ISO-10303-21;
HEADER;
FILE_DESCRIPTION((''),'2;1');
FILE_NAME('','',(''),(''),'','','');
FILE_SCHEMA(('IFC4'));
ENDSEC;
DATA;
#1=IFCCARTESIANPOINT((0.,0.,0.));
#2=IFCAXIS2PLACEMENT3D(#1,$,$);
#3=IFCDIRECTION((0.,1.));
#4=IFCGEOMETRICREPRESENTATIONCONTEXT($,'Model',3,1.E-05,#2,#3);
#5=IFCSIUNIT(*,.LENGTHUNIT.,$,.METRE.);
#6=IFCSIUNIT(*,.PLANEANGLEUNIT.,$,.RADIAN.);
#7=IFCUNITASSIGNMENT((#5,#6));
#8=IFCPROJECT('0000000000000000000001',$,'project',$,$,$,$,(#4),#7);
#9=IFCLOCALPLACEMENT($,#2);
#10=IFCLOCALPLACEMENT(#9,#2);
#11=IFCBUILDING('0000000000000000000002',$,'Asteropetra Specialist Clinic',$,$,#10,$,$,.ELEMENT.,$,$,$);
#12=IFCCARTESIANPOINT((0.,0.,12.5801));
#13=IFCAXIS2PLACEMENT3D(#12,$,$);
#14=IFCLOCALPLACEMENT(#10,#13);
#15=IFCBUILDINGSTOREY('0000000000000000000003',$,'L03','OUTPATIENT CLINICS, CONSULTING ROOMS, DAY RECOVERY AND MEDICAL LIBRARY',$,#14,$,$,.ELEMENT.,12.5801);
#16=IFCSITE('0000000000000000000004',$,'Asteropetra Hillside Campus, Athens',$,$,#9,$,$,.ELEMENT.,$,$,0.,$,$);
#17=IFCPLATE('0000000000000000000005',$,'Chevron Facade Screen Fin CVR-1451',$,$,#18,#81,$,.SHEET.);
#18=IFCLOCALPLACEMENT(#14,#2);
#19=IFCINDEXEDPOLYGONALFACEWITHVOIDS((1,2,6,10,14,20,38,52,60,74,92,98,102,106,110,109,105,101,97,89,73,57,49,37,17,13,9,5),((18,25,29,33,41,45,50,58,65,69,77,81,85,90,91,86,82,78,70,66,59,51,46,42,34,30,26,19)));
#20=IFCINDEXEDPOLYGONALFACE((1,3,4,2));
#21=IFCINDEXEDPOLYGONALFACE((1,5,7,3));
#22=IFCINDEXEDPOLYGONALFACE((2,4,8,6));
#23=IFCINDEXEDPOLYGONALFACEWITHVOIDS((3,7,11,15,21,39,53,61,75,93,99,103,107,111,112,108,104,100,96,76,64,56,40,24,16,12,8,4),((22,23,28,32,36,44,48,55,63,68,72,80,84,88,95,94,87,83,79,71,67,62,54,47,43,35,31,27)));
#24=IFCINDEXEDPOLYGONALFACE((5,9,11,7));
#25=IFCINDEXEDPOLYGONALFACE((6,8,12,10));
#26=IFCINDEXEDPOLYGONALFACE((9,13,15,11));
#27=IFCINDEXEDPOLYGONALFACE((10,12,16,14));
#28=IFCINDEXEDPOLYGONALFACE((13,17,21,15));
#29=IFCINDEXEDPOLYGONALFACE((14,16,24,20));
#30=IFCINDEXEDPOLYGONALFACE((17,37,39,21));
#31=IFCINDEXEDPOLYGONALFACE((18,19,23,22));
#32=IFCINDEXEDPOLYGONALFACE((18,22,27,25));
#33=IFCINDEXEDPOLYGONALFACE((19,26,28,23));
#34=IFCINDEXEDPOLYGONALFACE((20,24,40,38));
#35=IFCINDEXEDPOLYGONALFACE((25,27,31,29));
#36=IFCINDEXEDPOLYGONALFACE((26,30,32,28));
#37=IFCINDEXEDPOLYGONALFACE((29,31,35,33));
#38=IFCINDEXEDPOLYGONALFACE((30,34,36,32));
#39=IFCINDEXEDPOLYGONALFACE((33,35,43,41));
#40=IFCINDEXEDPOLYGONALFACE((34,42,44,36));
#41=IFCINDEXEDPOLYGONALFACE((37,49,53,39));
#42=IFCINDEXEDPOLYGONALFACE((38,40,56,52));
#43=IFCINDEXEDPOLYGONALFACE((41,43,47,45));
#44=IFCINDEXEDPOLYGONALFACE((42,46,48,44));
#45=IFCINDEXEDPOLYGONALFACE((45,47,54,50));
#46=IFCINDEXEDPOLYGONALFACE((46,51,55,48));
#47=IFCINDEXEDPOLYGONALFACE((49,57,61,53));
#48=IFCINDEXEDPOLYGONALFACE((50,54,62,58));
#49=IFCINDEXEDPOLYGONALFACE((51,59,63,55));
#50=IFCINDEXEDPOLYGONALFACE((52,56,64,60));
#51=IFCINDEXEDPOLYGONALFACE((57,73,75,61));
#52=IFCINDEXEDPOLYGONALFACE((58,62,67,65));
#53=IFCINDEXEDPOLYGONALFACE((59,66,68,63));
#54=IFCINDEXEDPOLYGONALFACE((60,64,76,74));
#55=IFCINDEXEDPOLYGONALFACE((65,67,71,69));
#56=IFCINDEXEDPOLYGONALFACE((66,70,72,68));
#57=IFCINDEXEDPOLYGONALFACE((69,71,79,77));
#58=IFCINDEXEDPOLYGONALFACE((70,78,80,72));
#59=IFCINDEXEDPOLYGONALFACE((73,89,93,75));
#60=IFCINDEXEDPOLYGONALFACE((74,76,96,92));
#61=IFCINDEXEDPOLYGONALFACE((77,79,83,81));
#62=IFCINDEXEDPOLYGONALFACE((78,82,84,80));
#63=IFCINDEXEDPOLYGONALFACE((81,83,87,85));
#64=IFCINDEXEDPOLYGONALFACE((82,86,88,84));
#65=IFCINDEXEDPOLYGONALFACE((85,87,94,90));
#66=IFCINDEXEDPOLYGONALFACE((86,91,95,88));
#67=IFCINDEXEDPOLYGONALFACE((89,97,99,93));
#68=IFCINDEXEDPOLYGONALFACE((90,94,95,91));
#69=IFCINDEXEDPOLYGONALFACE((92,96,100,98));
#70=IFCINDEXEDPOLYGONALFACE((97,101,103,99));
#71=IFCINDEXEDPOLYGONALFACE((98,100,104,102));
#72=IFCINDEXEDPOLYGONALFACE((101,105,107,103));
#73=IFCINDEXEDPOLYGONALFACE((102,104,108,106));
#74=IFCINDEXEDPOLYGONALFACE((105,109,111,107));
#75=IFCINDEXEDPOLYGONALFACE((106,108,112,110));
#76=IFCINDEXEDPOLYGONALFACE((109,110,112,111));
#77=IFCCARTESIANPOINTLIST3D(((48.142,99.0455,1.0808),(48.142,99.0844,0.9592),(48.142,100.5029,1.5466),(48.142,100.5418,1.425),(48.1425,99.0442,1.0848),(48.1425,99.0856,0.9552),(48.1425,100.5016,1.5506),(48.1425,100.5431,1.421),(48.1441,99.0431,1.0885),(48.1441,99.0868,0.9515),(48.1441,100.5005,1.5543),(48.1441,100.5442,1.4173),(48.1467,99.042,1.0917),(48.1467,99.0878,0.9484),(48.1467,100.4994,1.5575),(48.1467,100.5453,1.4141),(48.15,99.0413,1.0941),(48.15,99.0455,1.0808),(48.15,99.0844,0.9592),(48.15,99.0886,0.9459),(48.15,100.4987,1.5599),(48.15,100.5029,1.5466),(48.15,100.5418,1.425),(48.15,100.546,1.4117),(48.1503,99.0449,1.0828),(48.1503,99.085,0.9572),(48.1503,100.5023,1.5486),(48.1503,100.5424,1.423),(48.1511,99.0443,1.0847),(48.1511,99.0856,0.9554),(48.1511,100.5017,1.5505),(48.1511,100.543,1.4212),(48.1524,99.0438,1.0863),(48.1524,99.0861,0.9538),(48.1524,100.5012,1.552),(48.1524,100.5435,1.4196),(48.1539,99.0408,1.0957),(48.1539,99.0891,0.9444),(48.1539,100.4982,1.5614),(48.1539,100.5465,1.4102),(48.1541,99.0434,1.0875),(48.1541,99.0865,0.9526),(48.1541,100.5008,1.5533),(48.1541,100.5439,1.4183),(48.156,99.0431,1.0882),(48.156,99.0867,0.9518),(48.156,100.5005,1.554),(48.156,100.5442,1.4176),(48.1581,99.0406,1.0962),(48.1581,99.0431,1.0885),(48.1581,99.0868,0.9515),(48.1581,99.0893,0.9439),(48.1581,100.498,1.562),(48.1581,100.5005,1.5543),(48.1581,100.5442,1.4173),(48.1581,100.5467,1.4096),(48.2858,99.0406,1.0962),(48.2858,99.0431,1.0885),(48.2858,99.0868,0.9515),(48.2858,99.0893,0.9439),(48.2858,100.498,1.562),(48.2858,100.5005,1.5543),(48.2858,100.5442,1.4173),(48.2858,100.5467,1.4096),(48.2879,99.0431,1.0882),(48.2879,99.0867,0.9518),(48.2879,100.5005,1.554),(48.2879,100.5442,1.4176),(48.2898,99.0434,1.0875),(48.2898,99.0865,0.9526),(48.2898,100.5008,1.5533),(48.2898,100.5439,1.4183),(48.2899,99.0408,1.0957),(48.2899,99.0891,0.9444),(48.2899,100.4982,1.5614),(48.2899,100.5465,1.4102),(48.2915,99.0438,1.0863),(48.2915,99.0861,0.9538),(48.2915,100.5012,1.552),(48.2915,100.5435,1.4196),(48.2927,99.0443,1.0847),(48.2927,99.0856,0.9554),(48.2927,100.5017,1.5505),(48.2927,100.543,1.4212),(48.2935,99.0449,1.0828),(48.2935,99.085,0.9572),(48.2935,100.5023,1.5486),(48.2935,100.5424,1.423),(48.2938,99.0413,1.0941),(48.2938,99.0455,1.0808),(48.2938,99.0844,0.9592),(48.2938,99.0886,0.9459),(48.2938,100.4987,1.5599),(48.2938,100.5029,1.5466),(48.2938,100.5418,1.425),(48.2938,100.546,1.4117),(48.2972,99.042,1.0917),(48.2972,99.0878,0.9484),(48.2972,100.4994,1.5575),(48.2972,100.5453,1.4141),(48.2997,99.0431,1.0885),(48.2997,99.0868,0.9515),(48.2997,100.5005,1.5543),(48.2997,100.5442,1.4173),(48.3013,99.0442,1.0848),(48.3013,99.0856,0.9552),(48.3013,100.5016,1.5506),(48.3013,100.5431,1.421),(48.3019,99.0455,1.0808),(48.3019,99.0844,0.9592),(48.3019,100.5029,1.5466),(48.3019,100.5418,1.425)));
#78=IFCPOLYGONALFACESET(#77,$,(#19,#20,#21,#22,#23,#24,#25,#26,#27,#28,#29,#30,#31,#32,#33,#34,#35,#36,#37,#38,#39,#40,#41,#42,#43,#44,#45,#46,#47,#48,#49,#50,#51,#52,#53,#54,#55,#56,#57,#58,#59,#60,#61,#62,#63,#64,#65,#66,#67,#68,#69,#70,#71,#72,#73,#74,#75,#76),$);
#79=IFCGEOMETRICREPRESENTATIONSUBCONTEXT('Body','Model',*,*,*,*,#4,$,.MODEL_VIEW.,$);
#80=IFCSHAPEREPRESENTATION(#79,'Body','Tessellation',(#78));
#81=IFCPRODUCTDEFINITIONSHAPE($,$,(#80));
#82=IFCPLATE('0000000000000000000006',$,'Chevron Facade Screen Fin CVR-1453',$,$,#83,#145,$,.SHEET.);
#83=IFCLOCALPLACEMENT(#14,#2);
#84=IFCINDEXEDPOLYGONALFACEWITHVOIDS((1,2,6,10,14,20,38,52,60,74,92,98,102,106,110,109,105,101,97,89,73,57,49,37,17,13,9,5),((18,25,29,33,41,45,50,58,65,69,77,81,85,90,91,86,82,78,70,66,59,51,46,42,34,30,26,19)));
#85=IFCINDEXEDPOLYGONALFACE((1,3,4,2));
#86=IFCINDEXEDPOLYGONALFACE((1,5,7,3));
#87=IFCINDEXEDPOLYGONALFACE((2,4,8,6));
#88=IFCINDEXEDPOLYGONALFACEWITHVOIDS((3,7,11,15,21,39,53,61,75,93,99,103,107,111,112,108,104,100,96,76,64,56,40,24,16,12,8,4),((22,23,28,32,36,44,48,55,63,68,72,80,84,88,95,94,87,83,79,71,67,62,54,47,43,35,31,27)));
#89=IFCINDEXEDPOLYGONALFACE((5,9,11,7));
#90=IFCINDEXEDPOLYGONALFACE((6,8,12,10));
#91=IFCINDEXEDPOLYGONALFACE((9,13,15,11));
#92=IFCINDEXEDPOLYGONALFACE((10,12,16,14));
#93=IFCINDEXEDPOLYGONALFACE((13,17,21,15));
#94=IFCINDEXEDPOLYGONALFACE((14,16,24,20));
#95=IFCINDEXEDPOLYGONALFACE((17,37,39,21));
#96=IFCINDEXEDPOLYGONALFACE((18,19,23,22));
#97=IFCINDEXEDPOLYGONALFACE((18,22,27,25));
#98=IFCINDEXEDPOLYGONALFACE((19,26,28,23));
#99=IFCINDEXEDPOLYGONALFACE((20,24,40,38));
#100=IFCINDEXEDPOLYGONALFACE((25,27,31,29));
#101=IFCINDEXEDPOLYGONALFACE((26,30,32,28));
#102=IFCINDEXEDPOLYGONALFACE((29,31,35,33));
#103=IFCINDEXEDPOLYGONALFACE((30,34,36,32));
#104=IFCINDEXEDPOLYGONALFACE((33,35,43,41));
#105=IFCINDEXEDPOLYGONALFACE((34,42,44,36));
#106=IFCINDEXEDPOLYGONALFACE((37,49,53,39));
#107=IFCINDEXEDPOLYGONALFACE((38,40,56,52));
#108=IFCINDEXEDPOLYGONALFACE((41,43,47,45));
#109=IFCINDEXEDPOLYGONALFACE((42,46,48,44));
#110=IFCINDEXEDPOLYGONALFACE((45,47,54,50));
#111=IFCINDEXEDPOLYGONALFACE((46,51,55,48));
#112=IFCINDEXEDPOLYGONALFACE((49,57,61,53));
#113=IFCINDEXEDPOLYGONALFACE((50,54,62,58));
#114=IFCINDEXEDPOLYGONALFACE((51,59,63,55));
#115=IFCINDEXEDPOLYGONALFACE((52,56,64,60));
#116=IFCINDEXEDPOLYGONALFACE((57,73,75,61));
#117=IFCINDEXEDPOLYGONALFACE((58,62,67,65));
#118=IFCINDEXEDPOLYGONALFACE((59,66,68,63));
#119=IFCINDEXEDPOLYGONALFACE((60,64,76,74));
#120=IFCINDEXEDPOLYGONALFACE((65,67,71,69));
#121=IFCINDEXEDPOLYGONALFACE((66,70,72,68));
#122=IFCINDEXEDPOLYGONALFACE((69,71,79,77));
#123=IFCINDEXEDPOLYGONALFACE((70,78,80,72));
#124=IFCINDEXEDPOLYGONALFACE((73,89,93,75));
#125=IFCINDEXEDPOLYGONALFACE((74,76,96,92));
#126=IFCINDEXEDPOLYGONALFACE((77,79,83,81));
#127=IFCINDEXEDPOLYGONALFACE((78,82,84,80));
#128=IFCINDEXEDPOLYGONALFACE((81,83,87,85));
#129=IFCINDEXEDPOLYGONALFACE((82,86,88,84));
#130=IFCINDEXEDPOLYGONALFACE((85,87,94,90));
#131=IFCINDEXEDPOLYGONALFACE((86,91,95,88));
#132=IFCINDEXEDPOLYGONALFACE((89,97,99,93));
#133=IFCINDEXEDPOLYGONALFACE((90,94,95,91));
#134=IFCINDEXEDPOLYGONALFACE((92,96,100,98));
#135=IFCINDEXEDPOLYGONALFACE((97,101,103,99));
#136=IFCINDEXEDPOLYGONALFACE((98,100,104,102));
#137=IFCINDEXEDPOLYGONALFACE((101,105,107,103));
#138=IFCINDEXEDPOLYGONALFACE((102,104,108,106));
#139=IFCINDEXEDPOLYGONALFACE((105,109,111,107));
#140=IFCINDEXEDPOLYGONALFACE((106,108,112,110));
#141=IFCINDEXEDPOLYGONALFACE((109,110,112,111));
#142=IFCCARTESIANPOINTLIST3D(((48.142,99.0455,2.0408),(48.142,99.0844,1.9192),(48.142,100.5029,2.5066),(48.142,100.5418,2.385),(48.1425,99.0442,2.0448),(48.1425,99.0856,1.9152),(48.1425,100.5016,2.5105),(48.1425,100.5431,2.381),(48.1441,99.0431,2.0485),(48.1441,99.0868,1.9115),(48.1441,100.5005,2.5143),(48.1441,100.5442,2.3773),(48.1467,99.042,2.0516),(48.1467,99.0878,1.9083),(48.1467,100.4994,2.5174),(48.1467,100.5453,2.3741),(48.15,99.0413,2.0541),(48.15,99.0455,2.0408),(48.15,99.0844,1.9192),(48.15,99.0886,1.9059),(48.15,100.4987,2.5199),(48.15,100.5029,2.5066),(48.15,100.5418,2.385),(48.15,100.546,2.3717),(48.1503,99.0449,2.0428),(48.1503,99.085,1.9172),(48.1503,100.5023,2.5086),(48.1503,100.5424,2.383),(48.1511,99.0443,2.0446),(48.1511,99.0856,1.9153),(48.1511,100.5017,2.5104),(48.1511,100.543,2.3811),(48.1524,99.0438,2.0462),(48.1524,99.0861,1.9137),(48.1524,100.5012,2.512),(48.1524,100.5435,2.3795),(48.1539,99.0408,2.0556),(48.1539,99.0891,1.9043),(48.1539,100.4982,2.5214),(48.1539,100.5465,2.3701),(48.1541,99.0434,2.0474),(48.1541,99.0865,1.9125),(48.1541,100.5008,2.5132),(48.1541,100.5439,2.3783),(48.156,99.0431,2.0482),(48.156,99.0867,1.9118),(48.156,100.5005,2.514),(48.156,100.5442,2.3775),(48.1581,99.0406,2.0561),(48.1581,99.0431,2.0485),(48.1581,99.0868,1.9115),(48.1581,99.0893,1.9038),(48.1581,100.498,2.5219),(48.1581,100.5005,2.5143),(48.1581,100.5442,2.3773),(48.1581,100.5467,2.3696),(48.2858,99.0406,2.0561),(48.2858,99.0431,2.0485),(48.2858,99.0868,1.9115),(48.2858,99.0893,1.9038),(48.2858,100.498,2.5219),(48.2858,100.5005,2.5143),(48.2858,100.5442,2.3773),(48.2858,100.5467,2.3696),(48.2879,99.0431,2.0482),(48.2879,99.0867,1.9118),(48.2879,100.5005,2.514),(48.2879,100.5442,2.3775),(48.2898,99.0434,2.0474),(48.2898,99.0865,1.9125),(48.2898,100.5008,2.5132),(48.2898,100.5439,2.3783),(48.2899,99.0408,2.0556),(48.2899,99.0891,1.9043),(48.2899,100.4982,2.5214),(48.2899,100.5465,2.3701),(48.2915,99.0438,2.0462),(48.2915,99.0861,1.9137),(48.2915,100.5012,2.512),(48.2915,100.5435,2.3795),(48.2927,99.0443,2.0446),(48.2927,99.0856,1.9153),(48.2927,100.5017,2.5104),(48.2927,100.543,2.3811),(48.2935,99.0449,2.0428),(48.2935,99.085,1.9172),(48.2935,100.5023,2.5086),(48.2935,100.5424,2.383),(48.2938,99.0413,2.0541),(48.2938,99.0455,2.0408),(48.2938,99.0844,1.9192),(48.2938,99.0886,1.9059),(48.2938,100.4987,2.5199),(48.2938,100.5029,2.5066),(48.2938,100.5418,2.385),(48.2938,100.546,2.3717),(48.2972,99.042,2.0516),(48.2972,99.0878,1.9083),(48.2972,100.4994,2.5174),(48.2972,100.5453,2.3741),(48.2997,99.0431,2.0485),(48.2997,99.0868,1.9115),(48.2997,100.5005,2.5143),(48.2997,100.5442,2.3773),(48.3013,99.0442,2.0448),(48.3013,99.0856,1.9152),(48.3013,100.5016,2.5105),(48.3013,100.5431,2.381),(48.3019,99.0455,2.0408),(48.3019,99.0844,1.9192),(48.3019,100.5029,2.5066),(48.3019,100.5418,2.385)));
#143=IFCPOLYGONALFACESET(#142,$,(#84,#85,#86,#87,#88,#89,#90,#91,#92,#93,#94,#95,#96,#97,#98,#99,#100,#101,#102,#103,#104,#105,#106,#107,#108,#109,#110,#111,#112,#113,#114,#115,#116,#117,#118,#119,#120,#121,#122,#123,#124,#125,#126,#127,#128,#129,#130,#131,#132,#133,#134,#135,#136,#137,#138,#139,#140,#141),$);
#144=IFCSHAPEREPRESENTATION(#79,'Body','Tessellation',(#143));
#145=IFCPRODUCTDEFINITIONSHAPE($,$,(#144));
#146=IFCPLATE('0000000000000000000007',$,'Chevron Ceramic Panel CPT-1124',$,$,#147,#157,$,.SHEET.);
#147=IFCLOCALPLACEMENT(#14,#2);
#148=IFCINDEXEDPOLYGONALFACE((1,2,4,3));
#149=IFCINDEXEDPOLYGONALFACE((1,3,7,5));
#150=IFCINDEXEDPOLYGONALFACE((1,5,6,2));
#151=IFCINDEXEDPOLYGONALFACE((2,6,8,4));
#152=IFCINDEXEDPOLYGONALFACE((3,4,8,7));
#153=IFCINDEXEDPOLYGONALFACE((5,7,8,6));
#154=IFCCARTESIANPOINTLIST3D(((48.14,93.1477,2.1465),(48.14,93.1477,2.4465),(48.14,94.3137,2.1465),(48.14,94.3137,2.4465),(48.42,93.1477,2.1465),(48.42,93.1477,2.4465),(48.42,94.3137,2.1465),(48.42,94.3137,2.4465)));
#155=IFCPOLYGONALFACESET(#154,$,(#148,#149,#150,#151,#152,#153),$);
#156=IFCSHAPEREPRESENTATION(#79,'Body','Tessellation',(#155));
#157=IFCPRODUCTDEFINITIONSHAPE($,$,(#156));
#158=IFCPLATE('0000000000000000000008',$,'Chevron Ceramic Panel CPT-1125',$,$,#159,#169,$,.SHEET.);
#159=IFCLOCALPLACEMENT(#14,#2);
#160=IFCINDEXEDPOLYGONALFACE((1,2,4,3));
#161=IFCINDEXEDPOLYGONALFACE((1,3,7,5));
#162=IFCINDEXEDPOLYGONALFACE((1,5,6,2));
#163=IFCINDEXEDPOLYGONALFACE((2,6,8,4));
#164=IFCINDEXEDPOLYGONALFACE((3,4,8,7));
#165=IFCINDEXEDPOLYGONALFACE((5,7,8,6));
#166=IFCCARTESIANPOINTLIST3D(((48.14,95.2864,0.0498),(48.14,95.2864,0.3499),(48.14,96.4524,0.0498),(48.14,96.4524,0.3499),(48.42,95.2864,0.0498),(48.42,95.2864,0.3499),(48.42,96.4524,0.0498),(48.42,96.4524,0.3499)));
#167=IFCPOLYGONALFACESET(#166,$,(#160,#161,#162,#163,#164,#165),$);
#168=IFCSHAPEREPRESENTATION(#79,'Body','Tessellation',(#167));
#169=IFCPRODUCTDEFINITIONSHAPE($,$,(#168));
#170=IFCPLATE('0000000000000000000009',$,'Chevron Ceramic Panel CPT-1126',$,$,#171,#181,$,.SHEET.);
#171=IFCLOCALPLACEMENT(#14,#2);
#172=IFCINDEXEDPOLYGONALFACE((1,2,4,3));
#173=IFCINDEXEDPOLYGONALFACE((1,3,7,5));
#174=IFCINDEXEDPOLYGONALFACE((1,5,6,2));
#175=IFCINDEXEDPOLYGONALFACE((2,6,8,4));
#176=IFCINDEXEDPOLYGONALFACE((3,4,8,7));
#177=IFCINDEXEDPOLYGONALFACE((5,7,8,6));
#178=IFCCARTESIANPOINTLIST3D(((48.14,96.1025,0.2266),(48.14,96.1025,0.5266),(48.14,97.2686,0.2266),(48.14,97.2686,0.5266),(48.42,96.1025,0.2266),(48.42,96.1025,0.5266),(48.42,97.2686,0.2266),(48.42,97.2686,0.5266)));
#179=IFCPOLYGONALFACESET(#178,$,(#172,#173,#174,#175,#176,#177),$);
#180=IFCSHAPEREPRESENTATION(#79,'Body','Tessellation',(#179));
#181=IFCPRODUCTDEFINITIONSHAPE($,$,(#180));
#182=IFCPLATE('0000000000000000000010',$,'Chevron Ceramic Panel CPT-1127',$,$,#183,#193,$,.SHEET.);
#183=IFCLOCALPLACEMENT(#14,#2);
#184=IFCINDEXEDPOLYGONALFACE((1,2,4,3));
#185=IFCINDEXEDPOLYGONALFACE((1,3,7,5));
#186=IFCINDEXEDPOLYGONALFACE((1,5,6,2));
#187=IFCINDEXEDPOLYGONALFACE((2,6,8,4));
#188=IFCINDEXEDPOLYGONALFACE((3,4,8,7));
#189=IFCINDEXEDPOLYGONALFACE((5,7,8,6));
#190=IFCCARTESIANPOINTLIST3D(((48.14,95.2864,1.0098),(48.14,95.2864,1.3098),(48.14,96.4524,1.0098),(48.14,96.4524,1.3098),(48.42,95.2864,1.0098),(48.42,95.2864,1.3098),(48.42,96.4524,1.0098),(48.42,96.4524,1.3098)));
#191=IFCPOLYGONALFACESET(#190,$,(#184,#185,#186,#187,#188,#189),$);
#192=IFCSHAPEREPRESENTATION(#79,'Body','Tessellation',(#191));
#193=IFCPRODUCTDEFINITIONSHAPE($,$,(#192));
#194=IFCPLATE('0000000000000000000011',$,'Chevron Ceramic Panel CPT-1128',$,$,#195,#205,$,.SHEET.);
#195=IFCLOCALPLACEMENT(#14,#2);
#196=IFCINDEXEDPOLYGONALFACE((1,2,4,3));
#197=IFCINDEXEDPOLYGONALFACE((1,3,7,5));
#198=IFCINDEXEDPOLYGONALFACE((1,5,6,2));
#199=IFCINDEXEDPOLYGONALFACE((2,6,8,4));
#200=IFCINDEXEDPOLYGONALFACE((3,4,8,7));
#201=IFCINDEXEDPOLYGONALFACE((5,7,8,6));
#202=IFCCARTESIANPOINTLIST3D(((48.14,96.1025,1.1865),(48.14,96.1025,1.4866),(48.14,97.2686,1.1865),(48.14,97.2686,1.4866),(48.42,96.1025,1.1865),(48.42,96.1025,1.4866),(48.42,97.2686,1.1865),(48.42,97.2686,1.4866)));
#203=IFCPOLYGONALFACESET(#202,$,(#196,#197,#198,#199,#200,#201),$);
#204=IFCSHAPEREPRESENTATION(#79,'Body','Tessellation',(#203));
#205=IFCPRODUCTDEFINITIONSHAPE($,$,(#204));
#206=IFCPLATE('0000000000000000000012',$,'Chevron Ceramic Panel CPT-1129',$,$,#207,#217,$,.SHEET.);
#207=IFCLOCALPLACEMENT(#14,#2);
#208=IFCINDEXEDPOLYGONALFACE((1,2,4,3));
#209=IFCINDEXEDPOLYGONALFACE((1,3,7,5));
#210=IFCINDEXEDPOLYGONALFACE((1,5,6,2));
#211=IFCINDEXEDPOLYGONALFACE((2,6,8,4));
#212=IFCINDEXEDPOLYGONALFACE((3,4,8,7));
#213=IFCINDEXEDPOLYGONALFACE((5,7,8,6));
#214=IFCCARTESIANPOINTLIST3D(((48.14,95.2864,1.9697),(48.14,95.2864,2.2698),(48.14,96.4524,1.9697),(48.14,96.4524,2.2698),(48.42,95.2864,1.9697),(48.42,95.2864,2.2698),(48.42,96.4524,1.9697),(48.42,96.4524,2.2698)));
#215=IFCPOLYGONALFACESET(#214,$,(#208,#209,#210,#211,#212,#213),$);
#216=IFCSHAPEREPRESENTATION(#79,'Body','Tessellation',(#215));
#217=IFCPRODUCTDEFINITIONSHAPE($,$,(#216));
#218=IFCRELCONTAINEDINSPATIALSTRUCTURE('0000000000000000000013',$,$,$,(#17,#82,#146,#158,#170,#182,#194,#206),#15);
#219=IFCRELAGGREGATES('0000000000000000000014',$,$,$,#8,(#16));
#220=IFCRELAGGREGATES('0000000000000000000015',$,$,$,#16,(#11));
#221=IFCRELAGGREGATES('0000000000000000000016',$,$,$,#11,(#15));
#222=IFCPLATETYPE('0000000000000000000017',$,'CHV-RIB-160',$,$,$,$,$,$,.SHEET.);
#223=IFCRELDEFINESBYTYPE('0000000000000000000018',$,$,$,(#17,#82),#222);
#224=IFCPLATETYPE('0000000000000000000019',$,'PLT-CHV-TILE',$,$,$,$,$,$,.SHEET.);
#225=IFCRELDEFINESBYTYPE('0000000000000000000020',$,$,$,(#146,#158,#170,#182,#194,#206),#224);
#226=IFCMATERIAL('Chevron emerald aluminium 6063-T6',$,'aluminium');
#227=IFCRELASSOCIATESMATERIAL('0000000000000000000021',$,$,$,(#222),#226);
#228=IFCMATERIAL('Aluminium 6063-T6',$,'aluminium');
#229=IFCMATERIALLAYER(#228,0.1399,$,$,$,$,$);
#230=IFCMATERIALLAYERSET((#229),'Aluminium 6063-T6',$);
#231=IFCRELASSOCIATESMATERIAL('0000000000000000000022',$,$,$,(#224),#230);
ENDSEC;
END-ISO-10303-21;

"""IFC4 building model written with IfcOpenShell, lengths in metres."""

from ifc_helpers import new_model, si_unit, direction, frame, origin, origin_2d, place, context, subcontext, project, spatial, rectangle, hollow_rectangle, extrude, material, layer, layer_set, material_profile, profile_set, type_object, element, save


model = new_model("IFC4")

# Units and contexts
model_context = context("Model", 3, precision=1e-05, world=origin(), true_north=direction((0.0, 1.0)))
body_context = subcontext(model_context, "Body", "Model", "MODEL_VIEW")
ifc_project = project(units=[si_unit("LENGTHUNIT", "METRE"), si_unit("PLANEANGLEUNIT", "RADIAN")], contexts=[model_context])

# Site, building, storey
site_placement = place(None, origin())
site = spatial("IfcSite", under=ifc_project, at=site_placement, Name="Asteropetra Hillside Campus, Athens", CompositionType="ELEMENT", RefElevation=0.0)
building_placement = place(site_placement, origin())
building = spatial("IfcBuilding", under=site, at=building_placement, Name="Asteropetra Specialist Clinic", CompositionType="ELEMENT")
storey_placement = place(building_placement, frame((0.0, 0.0, 12.5801)))
storey = spatial("IfcBuildingStorey", under=building, at=storey_placement, Name="L03", Description="OUTPATIENT CLINICS, CONSULTING ROOMS, DAY RECOVERY AND MEDICAL LIBRARY", CompositionType="ELEMENT", Elevation=12.5801)

# Plates
ifc_material_1 = material(Name="Chevron emerald aluminium 6063-T6", Category="aluminium")
ifc_material_profile_1 = material_profile(ifc_material_1, hollow_rectangle(XDim=0.1599, YDim=0.1599, WallThickness=0.0081, InnerFilletRadius=0.0081, OuterFilletRadius=0.0161, at=origin_2d()), Name="SHS 160x160x8.0")
ifc_profile_set_1 = profile_set([ifc_material_profile_1], Name="Chevron emerald aluminium 6063-T6")
plate_type_1 = type_object("IfcPlateType", Name="CHV-RIB-160", PredefinedType="SHEET", material=ifc_profile_set_1)
for number, where, z_axis, x_axis, name in (
    (1, (48.2219, 99.0649, 1.02), (0.0, 0.952535, 0.304428), (-1.0, 0.0, 0.0), "Chevron Facade Screen Fin CVR-1451"),
    (2, (48.2219, 99.0649, 1.98), (0.0, 0.952535, 0.304428), (-1.0, 0.0, 0.0), "Chevron Facade Screen Fin CVR-1453"),
):
    element("IfcPlate", number, at=place(storey_placement, frame(where, z_axis=z_axis, x_axis=x_axis)), inside=storey, type_object=plate_type_1, Name=name, PredefinedType="SHEET", context=body_context, shape_type="SweptSolid", body=[
        extrude(hollow_rectangle(XDim=0.1599, YDim=0.1599, WallThickness=0.0081, InnerFilletRadius=0.0081, OuterFilletRadius=0.0161, at=origin_2d()), origin(), (0.0, 0.0, 1.0), 1.53),
    ])
ifc_material_2 = material(Name="Aluminium 6063-T6", Category="aluminium")
ifc_layer_1 = layer(ifc_material_2, 0.1399)
ifc_layer_set_1 = layer_set([ifc_layer_1], Name="Aluminium 6063-T6")
plate_type_2 = type_object("IfcPlateType", Name="PLT-CHV-TILE", PredefinedType="SHEET", material=ifc_layer_set_1)
for number, where, z_axis, x_axis, name in (
    (3, (48.28, 93.7307, 2.1465), (0.0, 0.0, 1.0), (1.0, 0.0, 0.0), "Chevron Ceramic Panel CPT-1124"),
    (4, (48.28, 95.8694, 0.0498), (0.0, 0.0, 1.0), (1.0, 0.0, 0.0), "Chevron Ceramic Panel CPT-1125"),
    (5, (48.28, 96.6855, 0.2266), (0.0, 0.0, 1.0), (1.0, 0.0, 0.0), "Chevron Ceramic Panel CPT-1126"),
    (6, (48.28, 95.8694, 1.0098), (0.0, 0.0, 1.0), (1.0, 0.0, 0.0), "Chevron Ceramic Panel CPT-1127"),
    (7, (48.28, 96.6855, 1.1865), (0.0, 0.0, 1.0), (1.0, 0.0, 0.0), "Chevron Ceramic Panel CPT-1128"),
    (8, (48.28, 95.8694, 1.9697), (0.0, 0.0, 1.0), (1.0, 0.0, 0.0), "Chevron Ceramic Panel CPT-1129"),
):
    element("IfcPlate", number, at=place(storey_placement, frame(where, z_axis=z_axis, x_axis=x_axis)), inside=storey, type_object=plate_type_2, Name=name, PredefinedType="SHEET", context=body_context, shape_type="SweptSolid", body=[
        extrude(rectangle(XDim=0.28, YDim=1.166, at=origin_2d()), origin(), (0.0, 0.0, 1.0), 0.3),
    ])

save(model, "model.ifc")
